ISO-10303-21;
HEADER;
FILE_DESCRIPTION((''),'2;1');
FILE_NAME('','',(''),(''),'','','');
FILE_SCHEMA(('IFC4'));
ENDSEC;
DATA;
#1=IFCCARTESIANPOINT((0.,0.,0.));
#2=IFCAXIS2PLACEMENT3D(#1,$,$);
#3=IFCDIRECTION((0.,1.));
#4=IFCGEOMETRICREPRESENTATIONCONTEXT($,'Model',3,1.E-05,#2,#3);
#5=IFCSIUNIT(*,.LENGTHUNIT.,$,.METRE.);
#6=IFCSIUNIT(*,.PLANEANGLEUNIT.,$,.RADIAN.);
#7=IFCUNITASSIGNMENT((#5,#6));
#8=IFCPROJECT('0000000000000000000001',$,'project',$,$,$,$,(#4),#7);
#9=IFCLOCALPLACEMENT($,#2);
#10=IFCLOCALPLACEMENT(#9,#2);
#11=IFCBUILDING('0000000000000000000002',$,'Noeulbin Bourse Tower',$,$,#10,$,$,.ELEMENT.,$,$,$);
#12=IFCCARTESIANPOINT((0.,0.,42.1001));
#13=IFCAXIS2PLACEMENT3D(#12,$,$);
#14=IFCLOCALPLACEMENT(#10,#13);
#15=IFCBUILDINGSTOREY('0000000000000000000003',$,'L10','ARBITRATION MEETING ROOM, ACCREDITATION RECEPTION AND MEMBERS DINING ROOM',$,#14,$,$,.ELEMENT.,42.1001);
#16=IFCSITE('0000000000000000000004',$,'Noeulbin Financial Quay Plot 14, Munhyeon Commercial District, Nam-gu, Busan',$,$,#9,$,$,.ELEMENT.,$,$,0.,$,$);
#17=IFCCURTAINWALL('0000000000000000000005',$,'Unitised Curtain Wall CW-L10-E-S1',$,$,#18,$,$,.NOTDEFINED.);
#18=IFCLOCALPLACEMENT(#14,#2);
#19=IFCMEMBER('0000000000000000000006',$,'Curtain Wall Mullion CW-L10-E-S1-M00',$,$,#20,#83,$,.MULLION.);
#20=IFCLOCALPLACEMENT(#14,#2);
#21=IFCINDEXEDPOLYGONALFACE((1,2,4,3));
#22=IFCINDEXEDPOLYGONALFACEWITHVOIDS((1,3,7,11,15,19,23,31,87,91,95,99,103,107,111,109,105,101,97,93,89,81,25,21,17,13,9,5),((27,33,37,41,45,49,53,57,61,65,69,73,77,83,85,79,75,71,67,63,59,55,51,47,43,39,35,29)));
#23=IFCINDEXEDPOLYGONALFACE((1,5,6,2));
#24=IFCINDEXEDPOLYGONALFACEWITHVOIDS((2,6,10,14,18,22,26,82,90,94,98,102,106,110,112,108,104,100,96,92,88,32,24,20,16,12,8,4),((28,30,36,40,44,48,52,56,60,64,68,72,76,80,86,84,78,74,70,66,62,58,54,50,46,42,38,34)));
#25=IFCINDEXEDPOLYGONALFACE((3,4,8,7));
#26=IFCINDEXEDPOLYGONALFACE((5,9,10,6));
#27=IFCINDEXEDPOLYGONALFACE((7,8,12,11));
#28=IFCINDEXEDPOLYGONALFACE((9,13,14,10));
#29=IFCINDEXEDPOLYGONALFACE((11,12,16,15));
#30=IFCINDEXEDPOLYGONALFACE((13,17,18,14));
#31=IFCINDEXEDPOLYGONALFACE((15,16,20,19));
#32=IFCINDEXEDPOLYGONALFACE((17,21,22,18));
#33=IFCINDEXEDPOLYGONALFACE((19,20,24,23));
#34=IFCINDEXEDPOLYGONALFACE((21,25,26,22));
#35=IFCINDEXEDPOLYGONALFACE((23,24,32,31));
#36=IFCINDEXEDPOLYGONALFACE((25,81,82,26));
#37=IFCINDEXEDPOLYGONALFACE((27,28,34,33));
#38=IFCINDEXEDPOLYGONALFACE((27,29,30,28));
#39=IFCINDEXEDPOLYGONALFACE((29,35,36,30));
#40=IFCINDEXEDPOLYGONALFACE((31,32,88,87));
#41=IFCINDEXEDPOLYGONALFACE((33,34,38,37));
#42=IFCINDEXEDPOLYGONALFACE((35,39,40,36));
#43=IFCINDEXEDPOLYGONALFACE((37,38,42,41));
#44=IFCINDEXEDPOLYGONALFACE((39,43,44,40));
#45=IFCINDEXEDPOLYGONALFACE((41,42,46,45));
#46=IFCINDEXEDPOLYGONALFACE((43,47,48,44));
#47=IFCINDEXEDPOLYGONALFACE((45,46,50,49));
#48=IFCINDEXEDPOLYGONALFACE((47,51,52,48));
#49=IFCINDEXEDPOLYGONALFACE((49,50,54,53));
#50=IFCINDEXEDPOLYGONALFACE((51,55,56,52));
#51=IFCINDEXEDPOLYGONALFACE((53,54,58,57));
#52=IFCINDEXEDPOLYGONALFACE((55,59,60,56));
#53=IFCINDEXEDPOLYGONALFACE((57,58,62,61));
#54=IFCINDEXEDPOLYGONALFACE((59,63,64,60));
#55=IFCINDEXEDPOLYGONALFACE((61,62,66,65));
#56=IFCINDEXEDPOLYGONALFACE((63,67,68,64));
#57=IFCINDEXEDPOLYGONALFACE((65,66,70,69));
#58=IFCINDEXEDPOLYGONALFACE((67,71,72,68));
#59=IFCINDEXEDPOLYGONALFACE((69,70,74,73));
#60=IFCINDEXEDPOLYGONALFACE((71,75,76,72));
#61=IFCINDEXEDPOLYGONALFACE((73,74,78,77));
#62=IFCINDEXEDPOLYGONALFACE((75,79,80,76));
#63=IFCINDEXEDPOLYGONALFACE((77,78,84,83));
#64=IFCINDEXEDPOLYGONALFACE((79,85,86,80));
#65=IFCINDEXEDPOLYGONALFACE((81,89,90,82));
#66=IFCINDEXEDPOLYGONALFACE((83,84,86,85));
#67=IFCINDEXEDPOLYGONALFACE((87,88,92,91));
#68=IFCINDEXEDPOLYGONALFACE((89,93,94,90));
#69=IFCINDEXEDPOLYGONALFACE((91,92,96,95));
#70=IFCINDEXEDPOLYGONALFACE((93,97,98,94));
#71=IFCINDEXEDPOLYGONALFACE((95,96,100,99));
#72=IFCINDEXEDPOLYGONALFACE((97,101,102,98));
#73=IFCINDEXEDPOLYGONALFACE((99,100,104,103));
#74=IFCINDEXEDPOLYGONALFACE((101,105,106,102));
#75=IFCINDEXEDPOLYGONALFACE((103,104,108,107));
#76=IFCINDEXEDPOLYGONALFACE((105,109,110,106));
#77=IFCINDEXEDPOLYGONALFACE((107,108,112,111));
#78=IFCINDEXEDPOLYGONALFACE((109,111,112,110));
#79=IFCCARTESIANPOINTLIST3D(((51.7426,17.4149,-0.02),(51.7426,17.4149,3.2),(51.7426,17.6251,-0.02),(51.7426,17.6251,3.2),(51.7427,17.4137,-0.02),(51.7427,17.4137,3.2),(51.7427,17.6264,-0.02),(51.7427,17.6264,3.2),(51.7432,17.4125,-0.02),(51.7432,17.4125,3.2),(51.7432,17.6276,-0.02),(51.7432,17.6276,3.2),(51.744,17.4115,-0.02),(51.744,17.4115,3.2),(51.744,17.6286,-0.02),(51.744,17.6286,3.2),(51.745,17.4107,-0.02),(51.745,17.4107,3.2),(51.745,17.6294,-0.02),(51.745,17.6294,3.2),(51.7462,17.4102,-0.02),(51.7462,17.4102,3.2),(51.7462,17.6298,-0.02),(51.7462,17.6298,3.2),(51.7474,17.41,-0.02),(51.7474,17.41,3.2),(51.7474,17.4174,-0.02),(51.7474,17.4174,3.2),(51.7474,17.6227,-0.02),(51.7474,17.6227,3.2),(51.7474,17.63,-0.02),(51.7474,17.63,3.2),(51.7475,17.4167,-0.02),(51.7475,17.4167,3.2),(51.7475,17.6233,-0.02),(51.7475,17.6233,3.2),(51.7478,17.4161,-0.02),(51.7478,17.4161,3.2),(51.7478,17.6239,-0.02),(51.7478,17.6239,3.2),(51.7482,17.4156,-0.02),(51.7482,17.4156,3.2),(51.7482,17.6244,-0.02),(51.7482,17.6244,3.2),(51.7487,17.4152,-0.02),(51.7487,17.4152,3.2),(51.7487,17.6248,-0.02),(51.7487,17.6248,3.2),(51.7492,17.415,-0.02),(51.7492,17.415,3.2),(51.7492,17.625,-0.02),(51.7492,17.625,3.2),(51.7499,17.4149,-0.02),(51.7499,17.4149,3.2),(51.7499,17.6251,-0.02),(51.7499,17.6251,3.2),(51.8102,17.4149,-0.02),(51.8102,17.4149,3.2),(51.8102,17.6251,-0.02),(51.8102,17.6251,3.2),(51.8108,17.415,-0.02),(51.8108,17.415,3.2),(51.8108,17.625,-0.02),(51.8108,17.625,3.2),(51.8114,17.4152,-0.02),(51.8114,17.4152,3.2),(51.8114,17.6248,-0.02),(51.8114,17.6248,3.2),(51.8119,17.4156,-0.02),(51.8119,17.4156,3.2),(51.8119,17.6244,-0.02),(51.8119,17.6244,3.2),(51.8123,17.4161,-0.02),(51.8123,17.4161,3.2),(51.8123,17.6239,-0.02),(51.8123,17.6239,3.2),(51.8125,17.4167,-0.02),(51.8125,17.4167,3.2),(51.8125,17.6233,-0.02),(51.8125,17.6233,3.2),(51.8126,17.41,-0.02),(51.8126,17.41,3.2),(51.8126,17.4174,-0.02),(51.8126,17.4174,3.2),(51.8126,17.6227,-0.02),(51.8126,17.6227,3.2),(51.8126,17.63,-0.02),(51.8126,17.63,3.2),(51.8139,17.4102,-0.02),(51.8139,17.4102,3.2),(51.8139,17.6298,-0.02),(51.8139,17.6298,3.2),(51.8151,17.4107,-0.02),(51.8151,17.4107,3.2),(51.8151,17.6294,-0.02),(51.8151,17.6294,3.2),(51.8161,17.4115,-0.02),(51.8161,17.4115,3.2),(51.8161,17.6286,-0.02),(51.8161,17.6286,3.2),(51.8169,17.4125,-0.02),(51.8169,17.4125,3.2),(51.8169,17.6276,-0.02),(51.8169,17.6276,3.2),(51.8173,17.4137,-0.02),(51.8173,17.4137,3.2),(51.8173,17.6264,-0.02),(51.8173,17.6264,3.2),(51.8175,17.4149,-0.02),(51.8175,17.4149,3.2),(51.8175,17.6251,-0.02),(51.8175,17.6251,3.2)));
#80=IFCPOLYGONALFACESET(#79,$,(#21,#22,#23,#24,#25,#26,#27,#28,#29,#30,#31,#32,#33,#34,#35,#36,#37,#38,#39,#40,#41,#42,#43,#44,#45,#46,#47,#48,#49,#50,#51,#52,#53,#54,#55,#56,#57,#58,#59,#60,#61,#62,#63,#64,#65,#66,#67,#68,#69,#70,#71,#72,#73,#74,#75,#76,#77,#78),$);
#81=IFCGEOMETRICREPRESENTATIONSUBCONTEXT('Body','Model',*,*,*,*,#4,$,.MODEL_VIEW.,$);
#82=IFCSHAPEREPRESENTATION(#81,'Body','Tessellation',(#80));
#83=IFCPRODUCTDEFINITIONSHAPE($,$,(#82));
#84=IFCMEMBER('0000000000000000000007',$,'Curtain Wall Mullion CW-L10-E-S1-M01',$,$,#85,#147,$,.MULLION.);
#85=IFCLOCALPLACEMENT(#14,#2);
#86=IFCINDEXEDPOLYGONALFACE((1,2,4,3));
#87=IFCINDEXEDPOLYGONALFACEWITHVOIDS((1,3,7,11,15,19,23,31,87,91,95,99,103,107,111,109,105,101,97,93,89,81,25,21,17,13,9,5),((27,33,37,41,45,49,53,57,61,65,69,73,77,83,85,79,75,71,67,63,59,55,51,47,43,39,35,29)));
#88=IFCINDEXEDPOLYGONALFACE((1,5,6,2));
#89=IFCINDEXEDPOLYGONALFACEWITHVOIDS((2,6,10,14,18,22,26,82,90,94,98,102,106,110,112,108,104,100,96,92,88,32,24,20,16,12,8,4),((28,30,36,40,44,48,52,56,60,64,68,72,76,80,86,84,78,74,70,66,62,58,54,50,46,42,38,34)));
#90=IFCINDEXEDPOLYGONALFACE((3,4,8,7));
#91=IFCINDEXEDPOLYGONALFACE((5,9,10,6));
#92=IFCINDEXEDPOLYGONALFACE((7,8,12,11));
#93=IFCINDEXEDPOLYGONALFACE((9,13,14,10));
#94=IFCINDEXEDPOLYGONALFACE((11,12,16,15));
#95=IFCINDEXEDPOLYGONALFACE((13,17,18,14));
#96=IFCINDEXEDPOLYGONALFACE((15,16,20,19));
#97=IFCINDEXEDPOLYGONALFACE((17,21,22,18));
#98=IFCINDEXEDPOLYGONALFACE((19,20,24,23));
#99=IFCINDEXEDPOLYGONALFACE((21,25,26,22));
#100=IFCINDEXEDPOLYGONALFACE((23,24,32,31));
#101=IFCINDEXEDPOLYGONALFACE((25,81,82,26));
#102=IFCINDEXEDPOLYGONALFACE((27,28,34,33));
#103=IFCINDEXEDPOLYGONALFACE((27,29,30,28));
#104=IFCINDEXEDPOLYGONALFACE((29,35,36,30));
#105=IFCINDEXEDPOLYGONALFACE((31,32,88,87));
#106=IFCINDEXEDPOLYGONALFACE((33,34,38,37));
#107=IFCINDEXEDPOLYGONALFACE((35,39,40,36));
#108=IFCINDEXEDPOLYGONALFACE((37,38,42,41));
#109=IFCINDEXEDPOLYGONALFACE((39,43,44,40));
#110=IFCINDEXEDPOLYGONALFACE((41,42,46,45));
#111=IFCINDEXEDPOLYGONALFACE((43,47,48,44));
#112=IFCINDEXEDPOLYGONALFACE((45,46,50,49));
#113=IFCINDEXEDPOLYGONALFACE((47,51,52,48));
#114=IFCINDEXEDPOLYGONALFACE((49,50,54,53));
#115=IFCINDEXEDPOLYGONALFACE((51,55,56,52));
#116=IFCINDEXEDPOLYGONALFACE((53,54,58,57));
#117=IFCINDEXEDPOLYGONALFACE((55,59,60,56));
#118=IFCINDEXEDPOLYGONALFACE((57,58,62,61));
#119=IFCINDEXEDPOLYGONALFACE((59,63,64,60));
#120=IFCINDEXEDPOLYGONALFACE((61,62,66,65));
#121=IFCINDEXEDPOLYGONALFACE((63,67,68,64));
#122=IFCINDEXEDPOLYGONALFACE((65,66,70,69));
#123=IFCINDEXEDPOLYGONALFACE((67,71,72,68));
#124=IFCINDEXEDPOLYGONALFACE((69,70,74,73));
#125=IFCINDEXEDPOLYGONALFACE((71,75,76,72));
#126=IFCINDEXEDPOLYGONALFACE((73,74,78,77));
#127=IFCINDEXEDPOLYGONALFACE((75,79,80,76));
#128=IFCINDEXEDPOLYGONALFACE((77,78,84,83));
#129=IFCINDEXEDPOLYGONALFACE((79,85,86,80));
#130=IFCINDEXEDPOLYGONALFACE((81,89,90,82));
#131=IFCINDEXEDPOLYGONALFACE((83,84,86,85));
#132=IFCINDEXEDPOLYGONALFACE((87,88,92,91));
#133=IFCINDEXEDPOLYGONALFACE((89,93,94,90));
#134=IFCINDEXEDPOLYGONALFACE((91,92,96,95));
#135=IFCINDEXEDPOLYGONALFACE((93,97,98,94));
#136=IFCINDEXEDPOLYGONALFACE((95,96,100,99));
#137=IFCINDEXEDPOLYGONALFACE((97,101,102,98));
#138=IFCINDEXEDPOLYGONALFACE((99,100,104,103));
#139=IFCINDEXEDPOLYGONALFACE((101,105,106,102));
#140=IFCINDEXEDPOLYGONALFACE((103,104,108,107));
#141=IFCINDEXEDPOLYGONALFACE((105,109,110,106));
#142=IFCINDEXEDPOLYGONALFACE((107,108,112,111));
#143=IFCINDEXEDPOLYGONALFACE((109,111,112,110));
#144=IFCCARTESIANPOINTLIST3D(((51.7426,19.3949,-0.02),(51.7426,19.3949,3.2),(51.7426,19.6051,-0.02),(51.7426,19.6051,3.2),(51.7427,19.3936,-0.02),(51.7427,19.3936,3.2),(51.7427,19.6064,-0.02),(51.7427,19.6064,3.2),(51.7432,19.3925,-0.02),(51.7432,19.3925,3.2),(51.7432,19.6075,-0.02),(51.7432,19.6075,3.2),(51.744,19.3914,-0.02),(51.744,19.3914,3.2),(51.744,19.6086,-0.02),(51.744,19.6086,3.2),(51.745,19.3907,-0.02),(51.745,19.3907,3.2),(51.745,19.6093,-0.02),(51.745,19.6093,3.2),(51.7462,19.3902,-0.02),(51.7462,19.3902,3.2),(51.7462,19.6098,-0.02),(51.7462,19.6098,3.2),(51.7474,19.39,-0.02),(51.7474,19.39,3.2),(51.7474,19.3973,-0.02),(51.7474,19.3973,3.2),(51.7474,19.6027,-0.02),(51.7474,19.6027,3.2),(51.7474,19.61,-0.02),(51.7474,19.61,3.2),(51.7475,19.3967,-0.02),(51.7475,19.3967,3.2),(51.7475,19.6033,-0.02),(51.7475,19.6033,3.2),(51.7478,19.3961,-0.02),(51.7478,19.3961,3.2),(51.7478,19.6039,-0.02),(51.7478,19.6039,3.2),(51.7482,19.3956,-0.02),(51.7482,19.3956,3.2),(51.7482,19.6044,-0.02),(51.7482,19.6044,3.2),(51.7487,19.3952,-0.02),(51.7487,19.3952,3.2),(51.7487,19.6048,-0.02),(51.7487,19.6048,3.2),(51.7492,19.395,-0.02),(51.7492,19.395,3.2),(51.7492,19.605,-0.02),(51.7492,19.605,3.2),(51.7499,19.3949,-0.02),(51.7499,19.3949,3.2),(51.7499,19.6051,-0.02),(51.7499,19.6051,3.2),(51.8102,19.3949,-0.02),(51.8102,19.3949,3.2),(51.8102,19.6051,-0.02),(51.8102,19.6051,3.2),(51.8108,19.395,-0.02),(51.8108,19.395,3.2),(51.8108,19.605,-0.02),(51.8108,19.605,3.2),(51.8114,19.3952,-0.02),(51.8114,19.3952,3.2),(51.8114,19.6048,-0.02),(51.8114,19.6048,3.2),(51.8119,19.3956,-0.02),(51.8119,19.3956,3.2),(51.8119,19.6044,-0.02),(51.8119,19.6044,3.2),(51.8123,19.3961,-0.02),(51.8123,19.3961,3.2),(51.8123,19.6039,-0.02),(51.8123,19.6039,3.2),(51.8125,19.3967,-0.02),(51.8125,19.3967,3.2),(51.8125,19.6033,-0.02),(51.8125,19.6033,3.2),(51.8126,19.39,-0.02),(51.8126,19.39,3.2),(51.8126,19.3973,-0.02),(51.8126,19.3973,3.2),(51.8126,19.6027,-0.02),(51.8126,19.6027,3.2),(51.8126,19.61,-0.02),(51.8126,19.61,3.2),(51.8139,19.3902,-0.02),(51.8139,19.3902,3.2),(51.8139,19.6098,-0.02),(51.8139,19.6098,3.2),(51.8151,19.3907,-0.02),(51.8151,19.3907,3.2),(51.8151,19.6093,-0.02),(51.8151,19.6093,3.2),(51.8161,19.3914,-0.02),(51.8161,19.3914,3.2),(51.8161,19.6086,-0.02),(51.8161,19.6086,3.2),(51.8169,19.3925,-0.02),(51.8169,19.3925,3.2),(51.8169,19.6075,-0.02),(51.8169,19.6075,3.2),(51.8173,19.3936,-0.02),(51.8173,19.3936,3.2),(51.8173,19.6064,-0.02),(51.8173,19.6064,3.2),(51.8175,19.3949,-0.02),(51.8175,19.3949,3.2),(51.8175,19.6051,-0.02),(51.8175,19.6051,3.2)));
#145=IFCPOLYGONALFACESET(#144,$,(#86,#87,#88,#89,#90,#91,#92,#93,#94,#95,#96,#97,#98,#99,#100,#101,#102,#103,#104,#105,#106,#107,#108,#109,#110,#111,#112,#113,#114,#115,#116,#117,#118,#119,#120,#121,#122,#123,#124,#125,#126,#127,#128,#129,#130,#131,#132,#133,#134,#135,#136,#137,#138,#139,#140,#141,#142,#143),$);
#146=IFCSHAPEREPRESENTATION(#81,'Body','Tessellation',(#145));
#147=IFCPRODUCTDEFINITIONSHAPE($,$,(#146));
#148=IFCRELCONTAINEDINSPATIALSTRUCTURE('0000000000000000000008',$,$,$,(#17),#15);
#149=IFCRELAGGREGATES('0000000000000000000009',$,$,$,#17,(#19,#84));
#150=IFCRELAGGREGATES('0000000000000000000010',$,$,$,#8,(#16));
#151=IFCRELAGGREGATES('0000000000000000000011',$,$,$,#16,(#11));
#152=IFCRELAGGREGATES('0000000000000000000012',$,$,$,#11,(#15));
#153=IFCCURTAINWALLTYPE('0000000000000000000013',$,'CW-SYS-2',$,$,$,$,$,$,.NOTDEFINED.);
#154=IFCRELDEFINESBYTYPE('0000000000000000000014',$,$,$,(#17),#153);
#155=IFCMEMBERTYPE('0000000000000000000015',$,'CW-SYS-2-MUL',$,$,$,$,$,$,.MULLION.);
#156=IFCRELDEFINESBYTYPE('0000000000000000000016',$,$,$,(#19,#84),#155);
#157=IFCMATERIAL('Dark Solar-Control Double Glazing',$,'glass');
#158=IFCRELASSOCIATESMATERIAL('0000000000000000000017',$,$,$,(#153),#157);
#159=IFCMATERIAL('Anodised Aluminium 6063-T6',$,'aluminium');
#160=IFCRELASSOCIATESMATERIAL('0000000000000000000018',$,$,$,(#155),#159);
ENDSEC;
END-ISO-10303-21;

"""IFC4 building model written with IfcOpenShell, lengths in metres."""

from ifc_helpers import new_model, si_unit, direction, frame, origin, origin_2d, place, context, subcontext, project, spatial, hollow_rectangle, extrude, material, material_profile, profile_set, type_object, element, aggregate, save


model = new_model("IFC4")

# Units and contexts
model_context = context("Model", 3, precision=1e-05, world=origin(), true_north=direction((0.0, 1.0)))
body_context = subcontext(model_context, "Body", "Model", "MODEL_VIEW")
ifc_project = project(units=[si_unit("LENGTHUNIT", "METRE"), si_unit("PLANEANGLEUNIT", "RADIAN")], contexts=[model_context])

# Site, building, storey
site_placement = place(None, origin())
site = spatial("IfcSite", under=ifc_project, at=site_placement, Name="Noeulbin Financial Quay Plot 14, Munhyeon Commercial District, Nam-gu, Busan", CompositionType="ELEMENT", RefElevation=0.0)
building_placement = place(site_placement, origin())
building = spatial("IfcBuilding", under=site, at=building_placement, Name="Noeulbin Bourse Tower", CompositionType="ELEMENT")
storey_placement = place(building_placement, frame((0.0, 0.0, 42.1001)))
storey = spatial("IfcBuildingStorey", under=building, at=storey_placement, Name="L10", Description="ARBITRATION MEETING ROOM, ACCREDITATION RECEPTION AND MEMBERS DINING ROOM", CompositionType="ELEMENT", Elevation=42.1001)

# Curtain wall, members
ifc_material_1 = material(Name="Dark Solar-Control Double Glazing", Category="glass")
curtain_wall_type = type_object("IfcCurtainWallType", Name="CW-SYS-2", PredefinedType="NOTDEFINED", material=ifc_material_1)
ifc_material_2 = material(Name="Anodised Aluminium 6063-T6", Category="aluminium")
ifc_material_profile_1 = material_profile(ifc_material_2, hollow_rectangle(XDim=0.075, YDim=0.22, WallThickness=0.0049, InnerFilletRadius=0.0024, OuterFilletRadius=0.0049, at=origin_2d()), Name="ALU-MULL-75x220x5", Category="LoadBearing")
ifc_profile_set_1 = profile_set([ifc_material_profile_1], Name="Anodised Aluminium 6063-T6")
member_type_1 = type_object("IfcMemberType", Name="CW-SYS-2-MUL", PredefinedType="MULLION", material=ifc_profile_set_1)
curtain_wall_1_placement = place(storey_placement, origin())
curtain_wall_1 = element("IfcCurtainWall", 1, at=curtain_wall_1_placement, inside=storey, type_object=curtain_wall_type, Name="Unitised Curtain Wall CW-L10-E-S1", PredefinedType="NOTDEFINED")
member_1_placement = place(storey_placement, frame((51.78, 17.52, -0.02), z_axis=(0.0, 0.0, 1.0), x_axis=(1.0, 0.0, 0.0)))
member_1 = element("IfcMember", 2, at=member_1_placement, type_object=member_type_1, Name="Curtain Wall Mullion CW-L10-E-S1-M00", PredefinedType="MULLION", context=body_context, shape_type="SweptSolid", body=[
    extrude(hollow_rectangle(XDim=0.075, YDim=0.22, WallThickness=0.0049, InnerFilletRadius=0.0024, OuterFilletRadius=0.0049, at=origin_2d()), origin(), (0.0, 0.0, 1.0), 3.22),
])
member_2_placement = place(storey_placement, frame((51.78, 19.5, -0.02), z_axis=(0.0, 0.0, 1.0), x_axis=(1.0, 0.0, 0.0)))
member_2 = element("IfcMember", 3, at=member_2_placement, type_object=member_type_1, Name="Curtain Wall Mullion CW-L10-E-S1-M01", PredefinedType="MULLION", context=body_context, shape_type="SweptSolid", body=[
    extrude(hollow_rectangle(XDim=0.075, YDim=0.22, WallThickness=0.0049, InnerFilletRadius=0.0024, OuterFilletRadius=0.0049, at=origin_2d()), origin(), (0.0, 0.0, 1.0), 3.22),
])

aggregate(curtain_wall_1, [member_1, member_2])

save(model, "model.ifc")
